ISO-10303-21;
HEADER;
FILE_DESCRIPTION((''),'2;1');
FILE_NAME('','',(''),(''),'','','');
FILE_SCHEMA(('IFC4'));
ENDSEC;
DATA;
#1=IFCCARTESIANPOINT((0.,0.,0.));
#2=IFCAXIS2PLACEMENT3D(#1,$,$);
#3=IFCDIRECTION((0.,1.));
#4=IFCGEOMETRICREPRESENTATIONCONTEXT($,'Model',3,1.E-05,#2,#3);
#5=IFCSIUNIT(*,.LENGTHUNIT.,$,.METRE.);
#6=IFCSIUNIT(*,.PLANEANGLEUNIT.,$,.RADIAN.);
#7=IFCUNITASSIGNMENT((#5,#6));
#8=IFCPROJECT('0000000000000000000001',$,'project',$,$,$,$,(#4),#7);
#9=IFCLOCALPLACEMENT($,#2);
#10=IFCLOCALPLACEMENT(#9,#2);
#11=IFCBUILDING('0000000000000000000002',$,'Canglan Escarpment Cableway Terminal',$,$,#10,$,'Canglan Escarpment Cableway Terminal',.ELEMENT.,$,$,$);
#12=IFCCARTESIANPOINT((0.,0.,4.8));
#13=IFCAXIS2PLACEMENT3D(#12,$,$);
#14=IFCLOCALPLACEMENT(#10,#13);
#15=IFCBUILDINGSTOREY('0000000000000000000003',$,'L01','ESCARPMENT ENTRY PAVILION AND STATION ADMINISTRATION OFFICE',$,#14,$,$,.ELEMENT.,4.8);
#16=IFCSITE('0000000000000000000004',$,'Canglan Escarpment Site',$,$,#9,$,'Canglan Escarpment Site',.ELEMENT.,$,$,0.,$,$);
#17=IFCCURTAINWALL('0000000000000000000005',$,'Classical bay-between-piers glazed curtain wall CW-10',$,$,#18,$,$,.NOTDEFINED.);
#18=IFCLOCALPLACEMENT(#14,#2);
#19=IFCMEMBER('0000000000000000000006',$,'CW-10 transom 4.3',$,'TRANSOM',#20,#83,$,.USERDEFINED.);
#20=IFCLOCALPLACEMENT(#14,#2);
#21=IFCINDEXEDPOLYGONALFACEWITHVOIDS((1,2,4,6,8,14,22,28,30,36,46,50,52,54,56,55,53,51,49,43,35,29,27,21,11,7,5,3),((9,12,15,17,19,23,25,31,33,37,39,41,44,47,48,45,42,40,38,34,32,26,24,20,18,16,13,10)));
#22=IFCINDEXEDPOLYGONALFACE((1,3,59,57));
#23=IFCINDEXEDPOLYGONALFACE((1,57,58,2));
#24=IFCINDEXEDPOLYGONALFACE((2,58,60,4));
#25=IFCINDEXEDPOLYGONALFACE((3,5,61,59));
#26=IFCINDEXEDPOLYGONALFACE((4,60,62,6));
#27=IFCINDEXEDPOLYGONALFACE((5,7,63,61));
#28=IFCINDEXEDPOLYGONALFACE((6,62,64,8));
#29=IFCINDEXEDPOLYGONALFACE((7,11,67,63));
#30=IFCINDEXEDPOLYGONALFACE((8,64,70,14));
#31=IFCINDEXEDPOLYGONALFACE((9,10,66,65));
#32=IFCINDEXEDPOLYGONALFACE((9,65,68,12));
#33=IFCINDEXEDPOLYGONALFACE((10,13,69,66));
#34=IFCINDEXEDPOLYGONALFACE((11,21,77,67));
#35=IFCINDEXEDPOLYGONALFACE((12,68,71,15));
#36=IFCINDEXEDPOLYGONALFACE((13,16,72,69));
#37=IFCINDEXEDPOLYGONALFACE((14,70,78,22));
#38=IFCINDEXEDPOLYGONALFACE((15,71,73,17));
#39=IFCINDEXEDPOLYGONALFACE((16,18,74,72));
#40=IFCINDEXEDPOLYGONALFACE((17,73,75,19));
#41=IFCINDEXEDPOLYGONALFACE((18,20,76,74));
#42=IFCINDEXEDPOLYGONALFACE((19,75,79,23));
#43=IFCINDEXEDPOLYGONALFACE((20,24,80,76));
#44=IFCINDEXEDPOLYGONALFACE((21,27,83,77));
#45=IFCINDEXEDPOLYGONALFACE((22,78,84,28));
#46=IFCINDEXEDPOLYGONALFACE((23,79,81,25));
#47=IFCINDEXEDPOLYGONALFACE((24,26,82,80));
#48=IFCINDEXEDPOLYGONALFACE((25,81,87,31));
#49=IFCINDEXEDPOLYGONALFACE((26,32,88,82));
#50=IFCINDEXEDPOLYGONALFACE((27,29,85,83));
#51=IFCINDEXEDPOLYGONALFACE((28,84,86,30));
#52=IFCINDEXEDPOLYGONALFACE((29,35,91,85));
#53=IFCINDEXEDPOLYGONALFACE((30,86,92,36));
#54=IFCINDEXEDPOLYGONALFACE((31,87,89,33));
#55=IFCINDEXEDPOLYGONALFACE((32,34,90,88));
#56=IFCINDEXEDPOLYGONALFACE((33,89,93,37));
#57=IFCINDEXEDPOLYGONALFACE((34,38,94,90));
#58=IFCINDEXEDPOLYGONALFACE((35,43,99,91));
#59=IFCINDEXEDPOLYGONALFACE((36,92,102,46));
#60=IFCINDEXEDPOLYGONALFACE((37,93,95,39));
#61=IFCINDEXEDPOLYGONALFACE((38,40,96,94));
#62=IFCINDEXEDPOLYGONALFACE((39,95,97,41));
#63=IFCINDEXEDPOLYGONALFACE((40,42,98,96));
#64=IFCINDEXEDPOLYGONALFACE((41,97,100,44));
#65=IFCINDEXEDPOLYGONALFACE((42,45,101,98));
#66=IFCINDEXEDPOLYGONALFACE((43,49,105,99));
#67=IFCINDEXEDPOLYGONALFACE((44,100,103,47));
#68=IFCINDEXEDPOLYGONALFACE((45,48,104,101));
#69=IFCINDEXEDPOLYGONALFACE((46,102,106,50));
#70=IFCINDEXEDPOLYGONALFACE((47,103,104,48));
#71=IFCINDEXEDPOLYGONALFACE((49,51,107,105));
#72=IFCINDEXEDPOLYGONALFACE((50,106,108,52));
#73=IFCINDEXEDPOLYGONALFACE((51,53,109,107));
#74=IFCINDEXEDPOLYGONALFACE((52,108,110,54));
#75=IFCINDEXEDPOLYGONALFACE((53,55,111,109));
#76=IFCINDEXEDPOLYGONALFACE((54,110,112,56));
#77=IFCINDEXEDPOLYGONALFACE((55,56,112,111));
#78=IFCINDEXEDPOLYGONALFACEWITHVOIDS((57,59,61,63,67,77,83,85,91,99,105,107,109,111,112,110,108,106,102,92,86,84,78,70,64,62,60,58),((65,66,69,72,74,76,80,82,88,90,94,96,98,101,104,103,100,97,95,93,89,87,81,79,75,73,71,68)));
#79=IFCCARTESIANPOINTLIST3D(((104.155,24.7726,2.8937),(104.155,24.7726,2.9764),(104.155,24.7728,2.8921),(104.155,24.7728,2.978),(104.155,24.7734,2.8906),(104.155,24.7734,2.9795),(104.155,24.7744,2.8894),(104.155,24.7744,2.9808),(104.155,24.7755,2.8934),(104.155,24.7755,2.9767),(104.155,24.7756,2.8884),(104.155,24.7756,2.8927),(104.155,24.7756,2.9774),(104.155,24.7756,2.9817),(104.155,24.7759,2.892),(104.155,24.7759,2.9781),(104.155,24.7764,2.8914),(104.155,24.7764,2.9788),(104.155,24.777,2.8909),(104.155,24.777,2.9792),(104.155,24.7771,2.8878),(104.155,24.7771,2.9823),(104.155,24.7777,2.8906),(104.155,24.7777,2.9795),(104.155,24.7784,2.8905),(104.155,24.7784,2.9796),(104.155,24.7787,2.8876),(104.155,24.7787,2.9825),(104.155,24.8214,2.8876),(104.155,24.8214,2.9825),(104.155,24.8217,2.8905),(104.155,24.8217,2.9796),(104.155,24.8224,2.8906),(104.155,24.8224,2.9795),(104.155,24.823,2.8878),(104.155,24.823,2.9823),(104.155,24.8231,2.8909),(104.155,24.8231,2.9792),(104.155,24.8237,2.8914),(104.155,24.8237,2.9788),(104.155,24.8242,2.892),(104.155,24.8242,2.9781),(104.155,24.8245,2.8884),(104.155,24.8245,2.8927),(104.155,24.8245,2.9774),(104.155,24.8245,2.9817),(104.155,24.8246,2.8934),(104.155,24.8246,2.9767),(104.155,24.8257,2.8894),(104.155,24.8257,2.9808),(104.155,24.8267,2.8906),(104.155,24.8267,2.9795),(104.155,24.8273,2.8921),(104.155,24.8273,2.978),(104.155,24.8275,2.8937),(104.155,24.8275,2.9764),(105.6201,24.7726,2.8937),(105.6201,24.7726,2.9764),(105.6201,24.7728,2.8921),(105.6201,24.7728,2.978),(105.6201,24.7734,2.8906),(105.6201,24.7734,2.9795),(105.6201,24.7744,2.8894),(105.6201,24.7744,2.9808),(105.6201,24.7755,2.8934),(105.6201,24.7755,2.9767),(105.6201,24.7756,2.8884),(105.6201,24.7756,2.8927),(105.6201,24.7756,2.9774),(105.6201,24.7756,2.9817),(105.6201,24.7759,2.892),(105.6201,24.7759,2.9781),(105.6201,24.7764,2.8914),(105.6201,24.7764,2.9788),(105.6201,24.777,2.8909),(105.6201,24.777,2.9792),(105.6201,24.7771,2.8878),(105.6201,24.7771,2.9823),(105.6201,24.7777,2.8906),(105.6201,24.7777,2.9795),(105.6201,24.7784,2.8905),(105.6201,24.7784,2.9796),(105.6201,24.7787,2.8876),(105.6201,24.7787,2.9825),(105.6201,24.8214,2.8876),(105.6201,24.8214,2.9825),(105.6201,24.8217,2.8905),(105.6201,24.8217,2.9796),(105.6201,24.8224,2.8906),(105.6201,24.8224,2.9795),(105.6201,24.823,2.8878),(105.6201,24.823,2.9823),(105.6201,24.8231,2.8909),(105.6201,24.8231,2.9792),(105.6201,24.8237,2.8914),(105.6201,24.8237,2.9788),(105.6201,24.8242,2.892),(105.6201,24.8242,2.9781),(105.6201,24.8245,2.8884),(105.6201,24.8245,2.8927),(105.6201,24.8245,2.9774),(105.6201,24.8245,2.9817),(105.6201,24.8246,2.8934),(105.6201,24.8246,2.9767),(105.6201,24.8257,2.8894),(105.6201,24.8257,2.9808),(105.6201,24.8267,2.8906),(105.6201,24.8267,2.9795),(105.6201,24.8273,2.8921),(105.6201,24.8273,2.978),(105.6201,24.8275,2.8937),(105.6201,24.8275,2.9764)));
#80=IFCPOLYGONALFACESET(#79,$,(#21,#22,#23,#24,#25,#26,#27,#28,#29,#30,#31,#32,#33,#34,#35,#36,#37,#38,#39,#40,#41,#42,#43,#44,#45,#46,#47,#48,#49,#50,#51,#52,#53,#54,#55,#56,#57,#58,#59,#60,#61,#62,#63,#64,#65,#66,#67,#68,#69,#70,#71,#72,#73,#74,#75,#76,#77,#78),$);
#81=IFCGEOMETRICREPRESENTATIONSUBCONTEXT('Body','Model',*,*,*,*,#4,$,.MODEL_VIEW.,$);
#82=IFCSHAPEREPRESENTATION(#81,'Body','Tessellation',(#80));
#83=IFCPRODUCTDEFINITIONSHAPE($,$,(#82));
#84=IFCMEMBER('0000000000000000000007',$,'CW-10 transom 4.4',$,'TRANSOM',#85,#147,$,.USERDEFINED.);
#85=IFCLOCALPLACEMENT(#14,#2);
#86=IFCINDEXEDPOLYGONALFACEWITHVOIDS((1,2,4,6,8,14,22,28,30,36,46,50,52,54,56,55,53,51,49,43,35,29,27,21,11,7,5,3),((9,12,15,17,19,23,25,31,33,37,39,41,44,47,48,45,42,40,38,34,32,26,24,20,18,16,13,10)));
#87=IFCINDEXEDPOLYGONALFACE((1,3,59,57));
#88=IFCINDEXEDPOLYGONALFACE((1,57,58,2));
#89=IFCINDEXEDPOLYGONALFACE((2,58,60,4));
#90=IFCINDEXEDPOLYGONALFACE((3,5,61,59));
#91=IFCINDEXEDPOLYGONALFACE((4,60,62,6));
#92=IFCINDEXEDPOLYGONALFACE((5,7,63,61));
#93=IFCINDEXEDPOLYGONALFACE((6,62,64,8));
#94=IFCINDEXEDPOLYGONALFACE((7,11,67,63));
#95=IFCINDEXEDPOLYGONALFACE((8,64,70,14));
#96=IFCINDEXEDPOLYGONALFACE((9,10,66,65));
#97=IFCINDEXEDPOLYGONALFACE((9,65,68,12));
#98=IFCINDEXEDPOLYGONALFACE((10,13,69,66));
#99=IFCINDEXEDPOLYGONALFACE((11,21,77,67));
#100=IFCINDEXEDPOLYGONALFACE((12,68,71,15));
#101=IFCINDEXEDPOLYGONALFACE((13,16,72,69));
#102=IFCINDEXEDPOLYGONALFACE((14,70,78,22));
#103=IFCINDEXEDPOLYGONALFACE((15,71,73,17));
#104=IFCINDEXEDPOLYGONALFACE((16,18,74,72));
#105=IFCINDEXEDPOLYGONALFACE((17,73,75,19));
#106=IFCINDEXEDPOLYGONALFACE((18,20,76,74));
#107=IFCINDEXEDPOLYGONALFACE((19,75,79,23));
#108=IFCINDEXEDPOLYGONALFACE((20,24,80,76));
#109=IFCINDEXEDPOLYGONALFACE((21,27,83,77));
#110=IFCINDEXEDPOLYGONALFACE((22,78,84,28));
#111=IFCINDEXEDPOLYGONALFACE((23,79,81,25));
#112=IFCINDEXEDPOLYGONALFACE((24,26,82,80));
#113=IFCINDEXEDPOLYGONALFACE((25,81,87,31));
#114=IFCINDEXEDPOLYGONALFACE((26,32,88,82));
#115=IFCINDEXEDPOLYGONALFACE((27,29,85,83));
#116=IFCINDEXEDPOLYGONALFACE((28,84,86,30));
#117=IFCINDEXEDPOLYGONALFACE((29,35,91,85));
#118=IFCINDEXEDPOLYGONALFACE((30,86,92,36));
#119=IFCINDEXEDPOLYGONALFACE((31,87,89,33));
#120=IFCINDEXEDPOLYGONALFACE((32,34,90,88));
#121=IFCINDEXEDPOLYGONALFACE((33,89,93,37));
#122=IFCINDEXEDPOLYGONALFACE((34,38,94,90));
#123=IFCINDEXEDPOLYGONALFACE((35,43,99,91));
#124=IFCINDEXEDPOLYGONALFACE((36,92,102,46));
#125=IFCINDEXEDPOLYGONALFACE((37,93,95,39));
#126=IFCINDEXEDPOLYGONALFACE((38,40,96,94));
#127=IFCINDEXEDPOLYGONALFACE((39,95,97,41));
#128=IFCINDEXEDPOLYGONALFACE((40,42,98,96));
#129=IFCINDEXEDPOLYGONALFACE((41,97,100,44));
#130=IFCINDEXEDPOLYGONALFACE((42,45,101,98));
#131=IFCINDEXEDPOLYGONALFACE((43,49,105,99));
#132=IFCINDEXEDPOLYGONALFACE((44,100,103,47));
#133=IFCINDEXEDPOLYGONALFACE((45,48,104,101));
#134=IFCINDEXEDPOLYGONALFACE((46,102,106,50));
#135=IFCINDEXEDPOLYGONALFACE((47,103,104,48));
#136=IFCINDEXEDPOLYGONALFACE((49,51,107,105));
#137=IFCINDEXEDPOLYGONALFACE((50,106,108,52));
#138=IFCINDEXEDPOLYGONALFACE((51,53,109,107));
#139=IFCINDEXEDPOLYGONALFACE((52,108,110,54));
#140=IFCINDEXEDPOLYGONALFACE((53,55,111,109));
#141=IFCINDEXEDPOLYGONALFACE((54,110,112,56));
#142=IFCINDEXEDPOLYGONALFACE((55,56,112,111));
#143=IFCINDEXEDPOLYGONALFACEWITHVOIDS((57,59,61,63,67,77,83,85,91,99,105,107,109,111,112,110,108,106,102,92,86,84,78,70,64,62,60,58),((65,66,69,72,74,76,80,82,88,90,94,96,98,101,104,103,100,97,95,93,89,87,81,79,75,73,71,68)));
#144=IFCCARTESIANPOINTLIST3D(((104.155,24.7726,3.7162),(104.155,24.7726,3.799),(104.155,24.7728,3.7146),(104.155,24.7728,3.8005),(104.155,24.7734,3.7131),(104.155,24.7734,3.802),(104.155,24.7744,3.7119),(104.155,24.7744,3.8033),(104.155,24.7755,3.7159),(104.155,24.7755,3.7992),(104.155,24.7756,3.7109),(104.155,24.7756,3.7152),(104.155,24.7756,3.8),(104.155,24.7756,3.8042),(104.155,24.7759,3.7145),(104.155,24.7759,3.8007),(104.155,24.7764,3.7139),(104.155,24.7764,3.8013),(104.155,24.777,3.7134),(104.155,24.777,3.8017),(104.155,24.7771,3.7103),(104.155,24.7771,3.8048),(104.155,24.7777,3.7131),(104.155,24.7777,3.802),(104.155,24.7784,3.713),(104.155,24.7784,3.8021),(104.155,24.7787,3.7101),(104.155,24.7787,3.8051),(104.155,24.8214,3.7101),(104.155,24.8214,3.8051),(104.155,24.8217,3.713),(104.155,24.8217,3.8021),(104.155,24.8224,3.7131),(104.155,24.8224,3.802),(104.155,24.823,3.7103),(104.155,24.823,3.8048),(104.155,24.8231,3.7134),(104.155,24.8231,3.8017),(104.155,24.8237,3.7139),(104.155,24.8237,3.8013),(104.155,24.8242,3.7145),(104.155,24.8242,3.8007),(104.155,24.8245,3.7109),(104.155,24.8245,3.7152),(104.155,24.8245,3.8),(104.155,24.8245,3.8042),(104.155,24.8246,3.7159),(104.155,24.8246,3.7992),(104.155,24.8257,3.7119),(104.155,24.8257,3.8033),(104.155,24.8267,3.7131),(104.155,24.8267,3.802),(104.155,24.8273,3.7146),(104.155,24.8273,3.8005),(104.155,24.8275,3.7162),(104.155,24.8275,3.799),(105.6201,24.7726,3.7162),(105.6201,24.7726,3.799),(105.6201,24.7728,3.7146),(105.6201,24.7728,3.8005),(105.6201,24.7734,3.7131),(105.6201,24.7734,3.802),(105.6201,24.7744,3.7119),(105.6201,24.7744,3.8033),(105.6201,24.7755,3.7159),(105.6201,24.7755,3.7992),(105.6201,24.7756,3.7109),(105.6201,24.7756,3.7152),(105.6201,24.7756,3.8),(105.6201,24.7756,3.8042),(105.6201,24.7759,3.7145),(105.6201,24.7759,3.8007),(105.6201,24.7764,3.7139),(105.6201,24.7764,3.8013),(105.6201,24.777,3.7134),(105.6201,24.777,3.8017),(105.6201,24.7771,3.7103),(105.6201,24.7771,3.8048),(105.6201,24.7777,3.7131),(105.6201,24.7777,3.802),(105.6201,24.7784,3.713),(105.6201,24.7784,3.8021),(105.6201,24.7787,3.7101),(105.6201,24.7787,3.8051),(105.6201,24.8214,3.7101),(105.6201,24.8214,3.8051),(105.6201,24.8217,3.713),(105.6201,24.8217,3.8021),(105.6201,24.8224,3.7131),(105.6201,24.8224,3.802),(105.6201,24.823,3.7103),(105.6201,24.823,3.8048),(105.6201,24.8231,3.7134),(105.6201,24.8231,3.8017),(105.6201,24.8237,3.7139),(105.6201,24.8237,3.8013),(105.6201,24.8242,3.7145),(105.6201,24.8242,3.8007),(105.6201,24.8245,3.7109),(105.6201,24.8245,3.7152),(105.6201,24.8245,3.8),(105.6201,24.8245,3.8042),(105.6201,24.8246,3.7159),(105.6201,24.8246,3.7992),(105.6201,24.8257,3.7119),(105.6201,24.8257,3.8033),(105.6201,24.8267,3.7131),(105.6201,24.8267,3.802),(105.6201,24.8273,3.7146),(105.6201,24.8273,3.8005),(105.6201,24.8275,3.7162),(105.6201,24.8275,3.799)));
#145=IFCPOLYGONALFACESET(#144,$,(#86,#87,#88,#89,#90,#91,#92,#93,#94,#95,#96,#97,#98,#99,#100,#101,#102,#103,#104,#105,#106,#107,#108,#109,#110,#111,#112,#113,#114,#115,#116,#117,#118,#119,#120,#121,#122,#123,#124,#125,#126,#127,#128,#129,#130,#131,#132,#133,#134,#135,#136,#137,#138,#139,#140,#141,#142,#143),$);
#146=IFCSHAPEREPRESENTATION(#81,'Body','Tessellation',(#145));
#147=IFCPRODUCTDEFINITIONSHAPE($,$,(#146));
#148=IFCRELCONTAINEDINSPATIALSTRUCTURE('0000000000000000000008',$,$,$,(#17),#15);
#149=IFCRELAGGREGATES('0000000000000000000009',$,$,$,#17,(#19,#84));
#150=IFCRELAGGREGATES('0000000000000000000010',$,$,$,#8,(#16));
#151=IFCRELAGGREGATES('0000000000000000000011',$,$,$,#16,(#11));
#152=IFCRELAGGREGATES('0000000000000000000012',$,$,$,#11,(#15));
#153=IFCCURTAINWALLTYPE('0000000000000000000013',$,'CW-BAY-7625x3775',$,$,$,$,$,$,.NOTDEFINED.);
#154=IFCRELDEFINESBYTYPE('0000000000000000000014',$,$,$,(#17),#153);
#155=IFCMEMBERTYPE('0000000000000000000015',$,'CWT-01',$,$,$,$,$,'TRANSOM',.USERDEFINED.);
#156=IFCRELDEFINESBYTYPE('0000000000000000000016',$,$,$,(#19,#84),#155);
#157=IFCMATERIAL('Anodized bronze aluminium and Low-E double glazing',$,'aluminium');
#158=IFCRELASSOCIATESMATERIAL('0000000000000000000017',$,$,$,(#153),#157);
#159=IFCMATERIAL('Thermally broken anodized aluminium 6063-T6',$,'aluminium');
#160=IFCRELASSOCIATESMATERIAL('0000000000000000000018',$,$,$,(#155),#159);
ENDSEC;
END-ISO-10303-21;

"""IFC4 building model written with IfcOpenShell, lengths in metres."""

from ifc_helpers import new_model, si_unit, direction, frame, origin, origin_2d, place, context, subcontext, project, spatial, hollow_rectangle, extrude, material, material_profile, profile_set, type_object, element, aggregate, save


model = new_model("IFC4")

# Units and contexts
model_context = context("Model", 3, precision=1e-05, world=origin(), true_north=direction((0.0, 1.0)))
body_context = subcontext(model_context, "Body", "Model", "MODEL_VIEW")
ifc_project = project(units=[si_unit("LENGTHUNIT", "METRE"), si_unit("PLANEANGLEUNIT", "RADIAN")], contexts=[model_context])

# Site, building, storey
site_placement = place(None, origin())
site = spatial("IfcSite", under=ifc_project, at=site_placement, Name="Canglan Escarpment Site", LongName="Canglan Escarpment Site", CompositionType="ELEMENT", RefElevation=0.0)
building_placement = place(site_placement, origin())
building = spatial("IfcBuilding", under=site, at=building_placement, Name="Canglan Escarpment Cableway Terminal", LongName="Canglan Escarpment Cableway Terminal", CompositionType="ELEMENT")
storey_placement = place(building_placement, frame((0.0, 0.0, 4.8)))
storey = spatial("IfcBuildingStorey", under=building, at=storey_placement, Name="L01", Description="ESCARPMENT ENTRY PAVILION AND STATION ADMINISTRATION OFFICE", CompositionType="ELEMENT", Elevation=4.8)

# Curtain wall, members
ifc_material_1 = material(Name="Anodized bronze aluminium and Low-E double glazing", Category="aluminium")
curtain_wall_type_1 = type_object("IfcCurtainWallType", Name="CW-BAY-7625x3775", PredefinedType="NOTDEFINED", material=ifc_material_1)
curtain_wall_1_placement = place(storey_placement, origin())
curtain_wall_1 = element("IfcCurtainWall", 1, at=curtain_wall_1_placement, inside=storey, type_object=curtain_wall_type_1, Name="Classical bay-between-piers glazed curtain wall CW-10", PredefinedType="NOTDEFINED")
ifc_material_2 = material(Name="Thermally broken anodized aluminium 6063-T6", Category="aluminium")
ifc_material_profile_1 = material_profile(ifc_material_2, hollow_rectangle(XDim=0.0549, YDim=0.095, WallThickness=0.0029, InnerFilletRadius=0.0029, OuterFilletRadius=0.0061, at=origin_2d()), Name="ALU-TRAN 55x95x3")
ifc_profile_set_1 = profile_set([ifc_material_profile_1], Name="Thermally broken anodized aluminium 6063-T6")
member_type_1 = type_object("IfcMemberType", Name="CWT-01", ElementType="TRANSOM", PredefinedType="USERDEFINED", material=ifc_profile_set_1)
member_1_placement = place(storey_placement, frame((105.6201, 24.8, 2.9351), z_axis=(-1.0, 0.0, 0.0), x_axis=(0.0, -1.0, 0.0)))
member_1 = element("IfcMember", 2, at=member_1_placement, type_object=member_type_1, Name="CW-10 transom 4.3", ObjectType="TRANSOM", PredefinedType="USERDEFINED", context=body_context, shape_type="SweptSolid", body=[
    extrude(hollow_rectangle(XDim=0.0549, YDim=0.095, WallThickness=0.0029, InnerFilletRadius=0.0029, OuterFilletRadius=0.0061, at=origin_2d()), origin(), (0.0, 0.0, 1.0), 1.4651),
])
member_2_placement = place(storey_placement, frame((105.6201, 24.8, 3.7576), z_axis=(-1.0, 0.0, 0.0), x_axis=(0.0, -1.0, 0.0)))
member_2 = element("IfcMember", 3, at=member_2_placement, type_object=member_type_1, Name="CW-10 transom 4.4", ObjectType="TRANSOM", PredefinedType="USERDEFINED", context=body_context, shape_type="SweptSolid", body=[
    extrude(hollow_rectangle(XDim=0.0549, YDim=0.095, WallThickness=0.0029, InnerFilletRadius=0.0029, OuterFilletRadius=0.0061, at=origin_2d()), origin(), (0.0, 0.0, 1.0), 1.4651),
])

aggregate(curtain_wall_1, [member_1, member_2])

save(model, "model.ifc")
